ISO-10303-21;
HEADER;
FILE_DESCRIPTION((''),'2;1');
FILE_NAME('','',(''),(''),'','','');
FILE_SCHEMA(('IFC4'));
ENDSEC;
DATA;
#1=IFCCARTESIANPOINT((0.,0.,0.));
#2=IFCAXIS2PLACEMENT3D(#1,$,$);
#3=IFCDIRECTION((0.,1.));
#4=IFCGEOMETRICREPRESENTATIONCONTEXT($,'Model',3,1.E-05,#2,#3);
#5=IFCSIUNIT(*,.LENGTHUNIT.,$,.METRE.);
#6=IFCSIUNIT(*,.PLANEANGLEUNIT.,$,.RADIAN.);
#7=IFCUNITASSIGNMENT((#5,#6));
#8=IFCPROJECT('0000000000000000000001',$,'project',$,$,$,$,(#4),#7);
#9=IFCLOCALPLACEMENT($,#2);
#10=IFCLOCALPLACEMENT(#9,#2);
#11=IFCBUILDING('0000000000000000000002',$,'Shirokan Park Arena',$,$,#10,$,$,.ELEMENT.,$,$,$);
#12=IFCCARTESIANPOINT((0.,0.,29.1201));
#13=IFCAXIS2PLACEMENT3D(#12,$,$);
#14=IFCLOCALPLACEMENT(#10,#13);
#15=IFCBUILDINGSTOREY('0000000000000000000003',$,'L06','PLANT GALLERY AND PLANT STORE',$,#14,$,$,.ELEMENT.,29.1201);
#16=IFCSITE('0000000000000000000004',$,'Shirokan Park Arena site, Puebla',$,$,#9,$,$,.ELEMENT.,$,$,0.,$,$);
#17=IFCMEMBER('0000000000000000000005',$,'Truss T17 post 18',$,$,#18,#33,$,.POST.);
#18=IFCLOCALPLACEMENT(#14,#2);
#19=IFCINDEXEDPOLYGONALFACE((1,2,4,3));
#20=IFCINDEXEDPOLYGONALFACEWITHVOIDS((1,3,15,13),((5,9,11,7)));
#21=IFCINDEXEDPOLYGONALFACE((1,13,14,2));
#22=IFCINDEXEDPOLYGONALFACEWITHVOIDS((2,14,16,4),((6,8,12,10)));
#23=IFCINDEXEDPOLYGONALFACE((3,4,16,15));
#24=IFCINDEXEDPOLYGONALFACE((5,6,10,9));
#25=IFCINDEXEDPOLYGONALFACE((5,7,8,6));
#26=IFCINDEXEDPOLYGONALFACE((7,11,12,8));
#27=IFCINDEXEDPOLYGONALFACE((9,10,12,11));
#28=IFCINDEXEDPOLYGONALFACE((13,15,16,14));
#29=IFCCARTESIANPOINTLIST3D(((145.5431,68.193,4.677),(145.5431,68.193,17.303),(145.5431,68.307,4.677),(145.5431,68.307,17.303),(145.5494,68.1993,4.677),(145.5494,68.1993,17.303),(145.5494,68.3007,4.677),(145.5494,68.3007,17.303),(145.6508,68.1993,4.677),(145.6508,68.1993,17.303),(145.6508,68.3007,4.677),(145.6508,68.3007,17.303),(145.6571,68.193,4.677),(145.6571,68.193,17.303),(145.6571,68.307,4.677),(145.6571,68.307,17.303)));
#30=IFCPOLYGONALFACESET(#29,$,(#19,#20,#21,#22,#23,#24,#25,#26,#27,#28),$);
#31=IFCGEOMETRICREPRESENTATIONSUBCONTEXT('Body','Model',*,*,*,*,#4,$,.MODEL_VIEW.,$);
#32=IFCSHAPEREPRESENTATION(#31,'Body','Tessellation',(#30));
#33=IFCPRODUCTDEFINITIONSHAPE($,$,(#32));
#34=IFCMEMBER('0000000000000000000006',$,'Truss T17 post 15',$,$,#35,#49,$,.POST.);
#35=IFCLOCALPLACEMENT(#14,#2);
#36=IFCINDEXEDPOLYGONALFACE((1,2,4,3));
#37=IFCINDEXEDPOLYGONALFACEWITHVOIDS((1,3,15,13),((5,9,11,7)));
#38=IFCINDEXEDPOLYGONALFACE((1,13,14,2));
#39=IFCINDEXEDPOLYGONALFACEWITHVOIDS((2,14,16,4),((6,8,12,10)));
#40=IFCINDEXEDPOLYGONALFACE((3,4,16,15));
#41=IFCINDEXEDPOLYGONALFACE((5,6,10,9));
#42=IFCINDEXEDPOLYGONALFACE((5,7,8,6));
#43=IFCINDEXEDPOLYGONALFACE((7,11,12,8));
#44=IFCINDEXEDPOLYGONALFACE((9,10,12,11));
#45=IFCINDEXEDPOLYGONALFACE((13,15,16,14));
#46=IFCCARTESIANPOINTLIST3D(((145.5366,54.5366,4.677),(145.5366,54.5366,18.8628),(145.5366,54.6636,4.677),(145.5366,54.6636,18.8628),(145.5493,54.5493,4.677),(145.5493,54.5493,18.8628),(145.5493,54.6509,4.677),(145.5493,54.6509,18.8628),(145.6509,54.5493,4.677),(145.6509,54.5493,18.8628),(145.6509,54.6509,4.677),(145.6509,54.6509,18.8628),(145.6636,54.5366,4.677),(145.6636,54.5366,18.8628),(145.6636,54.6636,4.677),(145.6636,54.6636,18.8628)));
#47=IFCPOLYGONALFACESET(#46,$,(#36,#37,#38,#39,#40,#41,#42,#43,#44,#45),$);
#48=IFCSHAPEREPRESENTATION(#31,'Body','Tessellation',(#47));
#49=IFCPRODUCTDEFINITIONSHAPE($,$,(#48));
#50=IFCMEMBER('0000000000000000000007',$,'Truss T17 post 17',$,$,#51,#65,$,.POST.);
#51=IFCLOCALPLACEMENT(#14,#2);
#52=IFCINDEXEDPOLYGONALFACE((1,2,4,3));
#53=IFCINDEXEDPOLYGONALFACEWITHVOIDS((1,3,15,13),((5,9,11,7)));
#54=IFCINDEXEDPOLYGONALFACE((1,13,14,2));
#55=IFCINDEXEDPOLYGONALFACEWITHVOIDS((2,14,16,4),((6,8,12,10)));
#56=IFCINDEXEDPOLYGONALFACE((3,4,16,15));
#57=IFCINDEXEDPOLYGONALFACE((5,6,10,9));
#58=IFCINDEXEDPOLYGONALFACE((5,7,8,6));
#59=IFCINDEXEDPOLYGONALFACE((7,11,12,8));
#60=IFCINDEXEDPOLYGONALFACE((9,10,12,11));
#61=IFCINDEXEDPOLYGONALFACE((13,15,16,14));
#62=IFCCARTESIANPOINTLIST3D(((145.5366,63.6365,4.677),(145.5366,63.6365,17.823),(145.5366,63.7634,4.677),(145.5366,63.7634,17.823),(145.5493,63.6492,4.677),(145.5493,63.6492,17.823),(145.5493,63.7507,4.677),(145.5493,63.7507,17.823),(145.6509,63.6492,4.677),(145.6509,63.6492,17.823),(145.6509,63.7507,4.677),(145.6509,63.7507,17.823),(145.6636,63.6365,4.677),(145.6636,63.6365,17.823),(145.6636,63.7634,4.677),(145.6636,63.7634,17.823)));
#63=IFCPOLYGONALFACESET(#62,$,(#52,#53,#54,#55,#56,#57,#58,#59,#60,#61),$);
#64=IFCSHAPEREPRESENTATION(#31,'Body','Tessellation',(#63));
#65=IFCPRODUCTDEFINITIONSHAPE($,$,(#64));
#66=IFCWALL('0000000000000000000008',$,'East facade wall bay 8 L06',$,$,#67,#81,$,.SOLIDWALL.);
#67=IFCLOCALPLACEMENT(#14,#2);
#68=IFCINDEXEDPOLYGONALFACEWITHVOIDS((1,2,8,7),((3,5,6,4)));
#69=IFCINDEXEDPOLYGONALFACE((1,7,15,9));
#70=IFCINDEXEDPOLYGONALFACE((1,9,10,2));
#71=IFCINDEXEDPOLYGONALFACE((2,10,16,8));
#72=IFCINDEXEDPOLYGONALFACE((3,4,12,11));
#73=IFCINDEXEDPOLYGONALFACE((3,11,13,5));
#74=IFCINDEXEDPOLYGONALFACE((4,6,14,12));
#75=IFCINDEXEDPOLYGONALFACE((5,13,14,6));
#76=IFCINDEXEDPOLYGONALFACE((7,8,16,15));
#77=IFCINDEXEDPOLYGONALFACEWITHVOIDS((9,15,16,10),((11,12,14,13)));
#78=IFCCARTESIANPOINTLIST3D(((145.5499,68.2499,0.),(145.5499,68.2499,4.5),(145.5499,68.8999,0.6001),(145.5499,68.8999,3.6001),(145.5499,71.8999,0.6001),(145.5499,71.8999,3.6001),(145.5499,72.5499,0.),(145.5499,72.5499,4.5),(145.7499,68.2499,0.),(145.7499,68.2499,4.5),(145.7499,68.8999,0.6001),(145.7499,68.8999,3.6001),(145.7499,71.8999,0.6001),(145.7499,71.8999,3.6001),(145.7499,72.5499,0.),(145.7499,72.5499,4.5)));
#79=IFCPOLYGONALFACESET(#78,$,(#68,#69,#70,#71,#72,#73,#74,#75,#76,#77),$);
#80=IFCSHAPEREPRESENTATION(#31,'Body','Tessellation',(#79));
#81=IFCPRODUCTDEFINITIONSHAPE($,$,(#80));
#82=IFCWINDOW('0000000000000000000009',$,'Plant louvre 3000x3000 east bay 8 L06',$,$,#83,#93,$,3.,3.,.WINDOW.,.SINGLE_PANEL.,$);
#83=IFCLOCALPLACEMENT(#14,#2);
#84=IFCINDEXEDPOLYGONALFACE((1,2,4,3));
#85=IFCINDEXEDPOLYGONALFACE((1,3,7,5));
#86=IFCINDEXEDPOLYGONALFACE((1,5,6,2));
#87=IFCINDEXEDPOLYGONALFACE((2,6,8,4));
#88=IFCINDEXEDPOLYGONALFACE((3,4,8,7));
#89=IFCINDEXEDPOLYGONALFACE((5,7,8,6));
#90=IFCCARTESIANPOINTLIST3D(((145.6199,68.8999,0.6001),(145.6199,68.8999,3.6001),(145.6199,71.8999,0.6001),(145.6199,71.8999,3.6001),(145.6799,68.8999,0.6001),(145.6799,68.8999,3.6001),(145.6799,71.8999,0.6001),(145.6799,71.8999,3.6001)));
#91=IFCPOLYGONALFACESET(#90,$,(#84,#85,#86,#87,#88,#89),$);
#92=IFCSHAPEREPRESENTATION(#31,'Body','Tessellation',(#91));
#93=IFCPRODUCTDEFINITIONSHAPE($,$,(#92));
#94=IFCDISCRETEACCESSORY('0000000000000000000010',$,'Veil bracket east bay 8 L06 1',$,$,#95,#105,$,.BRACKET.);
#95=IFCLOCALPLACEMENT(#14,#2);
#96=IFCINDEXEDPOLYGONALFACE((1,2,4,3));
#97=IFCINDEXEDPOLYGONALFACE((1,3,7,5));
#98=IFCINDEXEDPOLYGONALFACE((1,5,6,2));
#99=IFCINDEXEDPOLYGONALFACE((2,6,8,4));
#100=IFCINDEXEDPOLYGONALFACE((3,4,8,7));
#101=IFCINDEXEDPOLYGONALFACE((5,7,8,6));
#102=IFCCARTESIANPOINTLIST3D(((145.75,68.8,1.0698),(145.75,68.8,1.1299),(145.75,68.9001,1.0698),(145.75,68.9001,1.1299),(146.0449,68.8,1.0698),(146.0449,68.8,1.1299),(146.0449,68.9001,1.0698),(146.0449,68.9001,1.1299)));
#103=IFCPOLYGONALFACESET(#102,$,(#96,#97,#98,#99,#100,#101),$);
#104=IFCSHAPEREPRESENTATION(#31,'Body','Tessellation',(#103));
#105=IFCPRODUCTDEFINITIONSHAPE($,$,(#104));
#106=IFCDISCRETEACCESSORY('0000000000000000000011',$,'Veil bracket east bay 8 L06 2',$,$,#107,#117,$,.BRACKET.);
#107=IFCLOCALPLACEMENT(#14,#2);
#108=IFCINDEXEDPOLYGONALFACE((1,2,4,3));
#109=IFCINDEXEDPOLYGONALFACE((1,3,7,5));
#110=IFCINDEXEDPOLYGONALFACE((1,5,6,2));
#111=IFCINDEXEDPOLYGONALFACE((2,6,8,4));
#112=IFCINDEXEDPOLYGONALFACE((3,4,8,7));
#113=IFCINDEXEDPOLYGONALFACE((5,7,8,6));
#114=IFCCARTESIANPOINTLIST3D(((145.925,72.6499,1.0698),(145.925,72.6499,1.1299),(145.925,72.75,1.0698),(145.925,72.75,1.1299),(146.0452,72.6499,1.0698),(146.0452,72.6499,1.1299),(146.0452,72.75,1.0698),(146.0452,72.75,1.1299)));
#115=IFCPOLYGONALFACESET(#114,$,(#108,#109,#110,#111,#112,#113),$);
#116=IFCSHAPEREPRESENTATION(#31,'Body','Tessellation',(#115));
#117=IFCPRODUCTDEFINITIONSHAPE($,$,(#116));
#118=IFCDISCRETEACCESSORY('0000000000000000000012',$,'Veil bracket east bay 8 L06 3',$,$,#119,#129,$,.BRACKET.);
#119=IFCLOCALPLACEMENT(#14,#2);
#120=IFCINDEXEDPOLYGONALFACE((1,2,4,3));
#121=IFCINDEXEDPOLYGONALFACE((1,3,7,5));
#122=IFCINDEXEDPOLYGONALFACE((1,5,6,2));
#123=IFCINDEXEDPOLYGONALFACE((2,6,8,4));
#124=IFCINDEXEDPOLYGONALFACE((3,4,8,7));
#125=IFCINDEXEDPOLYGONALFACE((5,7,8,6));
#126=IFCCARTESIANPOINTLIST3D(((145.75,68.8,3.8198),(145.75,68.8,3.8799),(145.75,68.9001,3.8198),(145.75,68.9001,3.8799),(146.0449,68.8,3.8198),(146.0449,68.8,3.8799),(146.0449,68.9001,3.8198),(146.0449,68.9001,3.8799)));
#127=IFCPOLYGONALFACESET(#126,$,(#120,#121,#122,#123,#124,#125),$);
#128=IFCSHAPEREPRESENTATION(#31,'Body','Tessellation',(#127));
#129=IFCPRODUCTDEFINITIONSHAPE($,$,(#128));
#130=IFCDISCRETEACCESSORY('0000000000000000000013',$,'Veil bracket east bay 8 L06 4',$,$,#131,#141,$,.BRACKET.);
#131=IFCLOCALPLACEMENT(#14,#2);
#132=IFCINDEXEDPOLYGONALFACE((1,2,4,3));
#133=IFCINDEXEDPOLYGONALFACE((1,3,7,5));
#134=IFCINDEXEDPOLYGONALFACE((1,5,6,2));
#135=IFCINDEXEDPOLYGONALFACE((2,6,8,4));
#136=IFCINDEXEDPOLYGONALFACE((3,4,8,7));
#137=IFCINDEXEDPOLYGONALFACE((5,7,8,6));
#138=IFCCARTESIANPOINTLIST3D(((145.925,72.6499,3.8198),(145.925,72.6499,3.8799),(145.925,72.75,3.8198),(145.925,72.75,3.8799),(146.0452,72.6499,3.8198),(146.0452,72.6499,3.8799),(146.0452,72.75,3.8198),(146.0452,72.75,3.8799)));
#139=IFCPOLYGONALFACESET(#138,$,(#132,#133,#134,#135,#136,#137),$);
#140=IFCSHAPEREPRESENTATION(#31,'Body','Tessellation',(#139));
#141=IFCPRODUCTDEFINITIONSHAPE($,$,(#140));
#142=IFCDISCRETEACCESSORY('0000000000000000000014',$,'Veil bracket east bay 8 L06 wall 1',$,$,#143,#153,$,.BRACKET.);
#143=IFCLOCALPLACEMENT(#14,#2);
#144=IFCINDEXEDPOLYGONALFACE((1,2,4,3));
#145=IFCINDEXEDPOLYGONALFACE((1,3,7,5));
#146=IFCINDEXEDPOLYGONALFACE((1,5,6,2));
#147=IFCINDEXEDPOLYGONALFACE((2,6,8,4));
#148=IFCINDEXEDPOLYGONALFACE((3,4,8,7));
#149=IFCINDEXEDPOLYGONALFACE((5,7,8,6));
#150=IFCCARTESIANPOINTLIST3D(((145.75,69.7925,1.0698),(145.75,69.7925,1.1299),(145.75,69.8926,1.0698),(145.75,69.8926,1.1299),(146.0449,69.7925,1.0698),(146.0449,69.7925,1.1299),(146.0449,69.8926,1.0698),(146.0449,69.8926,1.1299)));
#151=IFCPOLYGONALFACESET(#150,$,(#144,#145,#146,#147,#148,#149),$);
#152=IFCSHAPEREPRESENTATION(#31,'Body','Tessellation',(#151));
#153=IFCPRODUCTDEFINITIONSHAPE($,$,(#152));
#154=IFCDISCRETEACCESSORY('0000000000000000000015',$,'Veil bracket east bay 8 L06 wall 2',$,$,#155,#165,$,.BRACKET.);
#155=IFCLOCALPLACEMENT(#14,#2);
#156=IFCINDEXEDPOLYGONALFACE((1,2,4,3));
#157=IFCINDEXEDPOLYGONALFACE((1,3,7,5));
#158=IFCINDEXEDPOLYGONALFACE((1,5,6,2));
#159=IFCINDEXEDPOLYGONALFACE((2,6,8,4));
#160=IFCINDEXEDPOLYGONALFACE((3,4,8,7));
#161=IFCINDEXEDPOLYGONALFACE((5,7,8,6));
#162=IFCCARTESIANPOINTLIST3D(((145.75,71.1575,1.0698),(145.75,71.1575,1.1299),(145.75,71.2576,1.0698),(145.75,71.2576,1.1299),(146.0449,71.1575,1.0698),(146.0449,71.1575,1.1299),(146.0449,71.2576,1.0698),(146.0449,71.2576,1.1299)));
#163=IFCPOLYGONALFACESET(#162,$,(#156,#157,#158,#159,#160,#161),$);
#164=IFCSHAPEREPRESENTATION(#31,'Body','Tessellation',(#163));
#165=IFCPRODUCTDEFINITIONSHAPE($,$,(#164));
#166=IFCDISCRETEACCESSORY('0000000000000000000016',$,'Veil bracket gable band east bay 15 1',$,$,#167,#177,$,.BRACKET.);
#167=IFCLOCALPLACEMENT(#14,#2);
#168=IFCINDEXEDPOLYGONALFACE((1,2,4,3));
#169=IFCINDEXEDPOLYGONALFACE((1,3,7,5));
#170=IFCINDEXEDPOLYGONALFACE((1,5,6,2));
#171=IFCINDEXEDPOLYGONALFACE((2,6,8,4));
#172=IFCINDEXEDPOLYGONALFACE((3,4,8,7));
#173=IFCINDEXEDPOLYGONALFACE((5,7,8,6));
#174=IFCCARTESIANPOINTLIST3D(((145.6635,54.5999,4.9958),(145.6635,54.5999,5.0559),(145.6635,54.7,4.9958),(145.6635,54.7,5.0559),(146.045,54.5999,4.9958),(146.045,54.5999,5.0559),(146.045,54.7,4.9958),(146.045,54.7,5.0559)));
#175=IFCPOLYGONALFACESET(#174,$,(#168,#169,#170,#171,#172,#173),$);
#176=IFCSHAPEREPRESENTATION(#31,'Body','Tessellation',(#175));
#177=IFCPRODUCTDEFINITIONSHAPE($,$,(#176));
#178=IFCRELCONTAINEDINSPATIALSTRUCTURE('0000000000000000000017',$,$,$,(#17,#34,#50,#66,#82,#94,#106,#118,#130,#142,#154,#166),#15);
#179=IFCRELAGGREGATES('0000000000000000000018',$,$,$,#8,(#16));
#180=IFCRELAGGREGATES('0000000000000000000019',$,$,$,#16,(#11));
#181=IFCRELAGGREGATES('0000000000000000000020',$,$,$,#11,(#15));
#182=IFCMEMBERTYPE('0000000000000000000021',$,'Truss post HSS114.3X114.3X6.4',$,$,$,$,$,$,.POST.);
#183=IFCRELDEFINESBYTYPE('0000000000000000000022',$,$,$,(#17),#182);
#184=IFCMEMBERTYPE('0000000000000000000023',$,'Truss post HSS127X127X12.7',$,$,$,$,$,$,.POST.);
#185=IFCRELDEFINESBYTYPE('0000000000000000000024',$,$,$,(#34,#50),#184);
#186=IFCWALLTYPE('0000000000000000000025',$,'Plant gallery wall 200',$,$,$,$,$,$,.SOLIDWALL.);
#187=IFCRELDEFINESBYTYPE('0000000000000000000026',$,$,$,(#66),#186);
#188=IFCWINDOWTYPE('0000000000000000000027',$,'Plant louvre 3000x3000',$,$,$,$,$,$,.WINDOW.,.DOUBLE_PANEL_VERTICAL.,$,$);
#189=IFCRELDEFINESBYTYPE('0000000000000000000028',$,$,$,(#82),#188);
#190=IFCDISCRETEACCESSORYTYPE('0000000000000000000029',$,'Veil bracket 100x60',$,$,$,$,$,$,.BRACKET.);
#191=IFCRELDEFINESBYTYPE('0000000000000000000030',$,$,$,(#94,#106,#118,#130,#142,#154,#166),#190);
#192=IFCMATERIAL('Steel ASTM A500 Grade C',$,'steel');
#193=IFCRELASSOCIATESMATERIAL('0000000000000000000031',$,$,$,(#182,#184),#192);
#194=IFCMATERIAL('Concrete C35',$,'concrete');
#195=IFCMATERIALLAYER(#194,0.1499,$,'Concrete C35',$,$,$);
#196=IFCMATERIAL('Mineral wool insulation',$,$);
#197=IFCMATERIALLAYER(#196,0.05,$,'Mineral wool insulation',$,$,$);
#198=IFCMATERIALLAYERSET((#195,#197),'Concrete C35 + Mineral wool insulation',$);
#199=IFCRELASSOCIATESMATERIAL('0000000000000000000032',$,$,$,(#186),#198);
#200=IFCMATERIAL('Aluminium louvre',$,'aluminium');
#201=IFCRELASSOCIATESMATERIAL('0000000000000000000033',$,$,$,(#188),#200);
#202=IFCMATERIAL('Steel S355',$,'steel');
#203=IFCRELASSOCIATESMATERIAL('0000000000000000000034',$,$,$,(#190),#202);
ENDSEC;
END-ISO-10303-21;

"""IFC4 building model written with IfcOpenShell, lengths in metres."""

from ifc_helpers import new_model, si_unit, direction, frame, frame_2d, origin, origin_2d, place, context, subcontext, project, spatial, rectangle, hollow_rectangle, extrude, material, layer, layer_set, material_profile, profile_set, type_object, element, fill, save


model = new_model("IFC4")

# Units and contexts
model_context = context("Model", 3, precision=1e-05, world=origin(), true_north=direction((0.0, 1.0)))
body_context = subcontext(model_context, "Body", "Model", "MODEL_VIEW")
ifc_project = project(units=[si_unit("LENGTHUNIT", "METRE"), si_unit("PLANEANGLEUNIT", "RADIAN")], contexts=[model_context])

# Site, building, storey
site_placement = place(None, origin())
site = spatial("IfcSite", under=ifc_project, at=site_placement, Name="Shirokan Park Arena site, Puebla", CompositionType="ELEMENT", RefElevation=0.0)
building_placement = place(site_placement, origin())
building = spatial("IfcBuilding", under=site, at=building_placement, Name="Shirokan Park Arena", CompositionType="ELEMENT")
storey_placement = place(building_placement, frame((0.0, 0.0, 29.1201)))
storey = spatial("IfcBuildingStorey", under=building, at=storey_placement, Name="L06", Description="PLANT GALLERY AND PLANT STORE", CompositionType="ELEMENT", Elevation=29.1201)

# Shared definitions
ifc_material_1 = material(Name="Concrete C35", Category="concrete")

# Shared definitions
ifc_material_2 = material(Name="Steel ASTM A500 Grade C", Category="steel")

# Members
ifc_material_profile_1 = material_profile(ifc_material_2, hollow_rectangle(XDim=0.114, YDim=0.114, WallThickness=0.0063, at=origin_2d()), Name="HSS114.3X114.3X6.4")
ifc_profile_set_1 = profile_set([ifc_material_profile_1], Name="Steel ASTM A500 Grade C")
member_type_1 = type_object("IfcMemberType", Name="Truss post HSS114.3X114.3X6.4", PredefinedType="POST", material=ifc_profile_set_1)
member_1_placement = place(storey_placement, frame((145.6001, 68.25, 4.677), z_axis=(0.0, 0.0, 1.0), x_axis=(1.0, 0.0, 0.0)))
element("IfcMember", 1, at=member_1_placement, inside=storey, type_object=member_type_1, Name="Truss T17 post 18", PredefinedType="POST", context=body_context, shape_type="SweptSolid", body=[
    extrude(hollow_rectangle(XDim=0.114, YDim=0.114, WallThickness=0.0063, at=origin_2d()), origin(), (0.0, 0.0, 1.0), 12.626),
])
ifc_material_profile_2 = material_profile(ifc_material_2, hollow_rectangle(XDim=0.127, YDim=0.127, WallThickness=0.0127, at=origin_2d()), Name="HSS127X127X12.7")
ifc_profile_set_2 = profile_set([ifc_material_profile_2], Name="Steel ASTM A500 Grade C")
member_type_2 = type_object("IfcMemberType", Name="Truss post HSS127X127X12.7", PredefinedType="POST", material=ifc_profile_set_2)
member_2_placement = place(storey_placement, frame((145.6001, 54.6001, 4.677), z_axis=(0.0, 0.0, 1.0), x_axis=(1.0, 0.0, 0.0)))
element("IfcMember", 2, at=member_2_placement, inside=storey, type_object=member_type_2, Name="Truss T17 post 15", PredefinedType="POST", context=body_context, shape_type="SweptSolid", body=[
    extrude(hollow_rectangle(XDim=0.127, YDim=0.127, WallThickness=0.0127, at=origin_2d()), origin(), (0.0, 0.0, 1.0), 14.1858),
])
member_3_placement = place(storey_placement, frame((145.6001, 63.7, 4.677), z_axis=(0.0, 0.0, 1.0), x_axis=(1.0, 0.0, 0.0)))
element("IfcMember", 3, at=member_3_placement, inside=storey, type_object=member_type_2, Name="Truss T17 post 17", PredefinedType="POST", context=body_context, shape_type="SweptSolid", body=[
    extrude(hollow_rectangle(XDim=0.127, YDim=0.127, WallThickness=0.0127, at=origin_2d()), origin(), (0.0, 0.0, 1.0), 13.146),
])

# Wall, opening, window
ifc_layer_1 = layer(ifc_material_1, 0.1499, Name="Concrete C35")
ifc_material_3 = material(Name="Mineral wool insulation")
ifc_layer_2 = layer(ifc_material_3, 0.05, Name="Mineral wool insulation")
ifc_layer_set = layer_set([ifc_layer_1, ifc_layer_2], Name="Concrete C35 + Mineral wool insulation")
wall_type = type_object("IfcWallType", Name="Plant gallery wall 200", PredefinedType="SOLIDWALL", material=ifc_layer_set)
wall_placement = place(storey_placement, frame((145.6499, 68.25, 0.0), z_axis=(0.0, 0.0, 1.0), x_axis=(0.0, 1.0, 0.0)))
wall = element("IfcWall", 4, at=wall_placement, inside=storey, type_object=wall_type, Name="East facade wall bay 8 L06", PredefinedType="SOLIDWALL", context=body_context, shape_type="SweptSolid", body=[
    extrude(rectangle(XDim=4.3, YDim=0.2, at=frame_2d((2.1499, 0.0))), origin(), (0.0, 0.0, 1.0), 4.5),
])
opening_placement = place(wall_placement, frame((0.6499, 0.0, 0.6001)))
opening = element("IfcOpeningElement", 5, at=opening_placement, cuts=wall, PredefinedType="OPENING", context=body_context, shape_type="SweptSolid", body=[
    extrude(rectangle(XDim=3.0, YDim=3.0, at=frame_2d((1.5, 1.5))), frame((0.0, 0.1099, 0.0), z_axis=(0.0, -1.0, 0.0), x_axis=(1.0, 0.0, 0.0)), (0.0, 0.0, 1.0), 0.22),
])
ifc_material_4 = material(Name="Aluminium louvre", Category="aluminium")
window_type = type_object("IfcWindowType", Name="Plant louvre 3000x3000", PartitioningType="DOUBLE_PANEL_VERTICAL", PredefinedType="WINDOW", material=ifc_material_4)
window_placement = place(opening_placement, origin())
window = element("IfcWindow", 6, at=window_placement, inside=storey, type_object=window_type, Name="Plant louvre 3000x3000 east bay 8 L06", OverallHeight=3.0, OverallWidth=3.0, PartitioningType="SINGLE_PANEL", PredefinedType="WINDOW", context=body_context, shape_type="SweptSolid", body=[
    extrude(rectangle(XDim=3.0, YDim=3.0, at=frame_2d((1.5, 1.5))), frame((0.0, 0.03, 0.0), z_axis=(0.0, -1.0, 0.0), x_axis=(1.0, 0.0, 0.0)), (0.0, 0.0, 1.0), 0.0601),
])
fill(opening, window)

# Discrete accessories
ifc_material_5 = material(Name="Steel S355", Category="steel")
discrete_accessory_type = type_object("IfcDiscreteAccessoryType", Name="Veil bracket 100x60", PredefinedType="BRACKET", material=ifc_material_5)
discrete_accessory_1_placement = place(storey_placement, frame((145.8975, 68.8501, 1.0698), z_axis=(0.0, 0.0, 1.0), x_axis=(0.0, 1.0, 0.0)))
element("IfcDiscreteAccessory", 7, at=discrete_accessory_1_placement, inside=storey, type_object=discrete_accessory_type, Name="Veil bracket east bay 8 L06 1", PredefinedType="BRACKET", context=body_context, shape_type="SweptSolid", body=[
    extrude(rectangle(XDim=0.1001, YDim=0.2949, at=origin_2d()), origin(), (0.0, 0.0, 1.0), 0.0601),
])
discrete_accessory_2_placement = place(storey_placement, frame((145.9851, 72.7, 1.0698), z_axis=(0.0, 0.0, 1.0), x_axis=(0.0, 1.0, 0.0)))
element("IfcDiscreteAccessory", 8, at=discrete_accessory_2_placement, inside=storey, type_object=discrete_accessory_type, Name="Veil bracket east bay 8 L06 2", PredefinedType="BRACKET", context=body_context, shape_type="SweptSolid", body=[
    extrude(rectangle(XDim=0.1001, YDim=0.1201, at=origin_2d()), origin(), (0.0, 0.0, 1.0), 0.0601),
])
discrete_accessory_3_placement = place(storey_placement, frame((145.8975, 68.8501, 3.8198), z_axis=(0.0, 0.0, 1.0), x_axis=(0.0, 1.0, 0.0)))
element("IfcDiscreteAccessory", 9, at=discrete_accessory_3_placement, inside=storey, type_object=discrete_accessory_type, Name="Veil bracket east bay 8 L06 3", PredefinedType="BRACKET", context=body_context, shape_type="SweptSolid", body=[
    extrude(rectangle(XDim=0.1001, YDim=0.2949, at=origin_2d()), origin(), (0.0, 0.0, 1.0), 0.0601),
])
discrete_accessory_4_placement = place(storey_placement, frame((145.9851, 72.7, 3.8198), z_axis=(0.0, 0.0, 1.0), x_axis=(0.0, 1.0, 0.0)))
element("IfcDiscreteAccessory", 10, at=discrete_accessory_4_placement, inside=storey, type_object=discrete_accessory_type, Name="Veil bracket east bay 8 L06 4", PredefinedType="BRACKET", context=body_context, shape_type="SweptSolid", body=[
    extrude(rectangle(XDim=0.1001, YDim=0.1201, at=origin_2d()), origin(), (0.0, 0.0, 1.0), 0.0601),
])
for number, where, z_axis, x_axis, name in (
    (11, (145.8975, 69.8425, 1.0698), (0.0, 0.0, 1.0), (0.0, 1.0, 0.0), "Veil bracket east bay 8 L06 wall 1"),
    (12, (145.8975, 71.2075, 1.0698), (0.0, 0.0, 1.0), (0.0, 1.0, 0.0), "Veil bracket east bay 8 L06 wall 2"),
):
    element("IfcDiscreteAccessory", number, at=place(storey_placement, frame(where, z_axis=z_axis, x_axis=x_axis)), inside=storey, type_object=discrete_accessory_type, Name=name, PredefinedType="BRACKET", context=body_context, shape_type="SweptSolid", body=[
        extrude(rectangle(XDim=0.1001, YDim=0.2949, at=origin_2d()), origin(), (0.0, 0.0, 1.0), 0.0601),
    ])
discrete_accessory_5_placement = place(storey_placement, frame((145.8542, 54.6499, 4.9958), z_axis=(0.0, 0.0, 1.0), x_axis=(1.0, 0.0, 0.0)))
element("IfcDiscreteAccessory", 13, at=discrete_accessory_5_placement, inside=storey, type_object=discrete_accessory_type, Name="Veil bracket gable band east bay 15 1", PredefinedType="BRACKET", context=body_context, shape_type="SweptSolid", body=[
    extrude(rectangle(XDim=0.3816, YDim=0.1001, at=origin_2d()), origin(), (0.0, 0.0, 1.0), 0.0601),
])

save(model, "model.ifc")
